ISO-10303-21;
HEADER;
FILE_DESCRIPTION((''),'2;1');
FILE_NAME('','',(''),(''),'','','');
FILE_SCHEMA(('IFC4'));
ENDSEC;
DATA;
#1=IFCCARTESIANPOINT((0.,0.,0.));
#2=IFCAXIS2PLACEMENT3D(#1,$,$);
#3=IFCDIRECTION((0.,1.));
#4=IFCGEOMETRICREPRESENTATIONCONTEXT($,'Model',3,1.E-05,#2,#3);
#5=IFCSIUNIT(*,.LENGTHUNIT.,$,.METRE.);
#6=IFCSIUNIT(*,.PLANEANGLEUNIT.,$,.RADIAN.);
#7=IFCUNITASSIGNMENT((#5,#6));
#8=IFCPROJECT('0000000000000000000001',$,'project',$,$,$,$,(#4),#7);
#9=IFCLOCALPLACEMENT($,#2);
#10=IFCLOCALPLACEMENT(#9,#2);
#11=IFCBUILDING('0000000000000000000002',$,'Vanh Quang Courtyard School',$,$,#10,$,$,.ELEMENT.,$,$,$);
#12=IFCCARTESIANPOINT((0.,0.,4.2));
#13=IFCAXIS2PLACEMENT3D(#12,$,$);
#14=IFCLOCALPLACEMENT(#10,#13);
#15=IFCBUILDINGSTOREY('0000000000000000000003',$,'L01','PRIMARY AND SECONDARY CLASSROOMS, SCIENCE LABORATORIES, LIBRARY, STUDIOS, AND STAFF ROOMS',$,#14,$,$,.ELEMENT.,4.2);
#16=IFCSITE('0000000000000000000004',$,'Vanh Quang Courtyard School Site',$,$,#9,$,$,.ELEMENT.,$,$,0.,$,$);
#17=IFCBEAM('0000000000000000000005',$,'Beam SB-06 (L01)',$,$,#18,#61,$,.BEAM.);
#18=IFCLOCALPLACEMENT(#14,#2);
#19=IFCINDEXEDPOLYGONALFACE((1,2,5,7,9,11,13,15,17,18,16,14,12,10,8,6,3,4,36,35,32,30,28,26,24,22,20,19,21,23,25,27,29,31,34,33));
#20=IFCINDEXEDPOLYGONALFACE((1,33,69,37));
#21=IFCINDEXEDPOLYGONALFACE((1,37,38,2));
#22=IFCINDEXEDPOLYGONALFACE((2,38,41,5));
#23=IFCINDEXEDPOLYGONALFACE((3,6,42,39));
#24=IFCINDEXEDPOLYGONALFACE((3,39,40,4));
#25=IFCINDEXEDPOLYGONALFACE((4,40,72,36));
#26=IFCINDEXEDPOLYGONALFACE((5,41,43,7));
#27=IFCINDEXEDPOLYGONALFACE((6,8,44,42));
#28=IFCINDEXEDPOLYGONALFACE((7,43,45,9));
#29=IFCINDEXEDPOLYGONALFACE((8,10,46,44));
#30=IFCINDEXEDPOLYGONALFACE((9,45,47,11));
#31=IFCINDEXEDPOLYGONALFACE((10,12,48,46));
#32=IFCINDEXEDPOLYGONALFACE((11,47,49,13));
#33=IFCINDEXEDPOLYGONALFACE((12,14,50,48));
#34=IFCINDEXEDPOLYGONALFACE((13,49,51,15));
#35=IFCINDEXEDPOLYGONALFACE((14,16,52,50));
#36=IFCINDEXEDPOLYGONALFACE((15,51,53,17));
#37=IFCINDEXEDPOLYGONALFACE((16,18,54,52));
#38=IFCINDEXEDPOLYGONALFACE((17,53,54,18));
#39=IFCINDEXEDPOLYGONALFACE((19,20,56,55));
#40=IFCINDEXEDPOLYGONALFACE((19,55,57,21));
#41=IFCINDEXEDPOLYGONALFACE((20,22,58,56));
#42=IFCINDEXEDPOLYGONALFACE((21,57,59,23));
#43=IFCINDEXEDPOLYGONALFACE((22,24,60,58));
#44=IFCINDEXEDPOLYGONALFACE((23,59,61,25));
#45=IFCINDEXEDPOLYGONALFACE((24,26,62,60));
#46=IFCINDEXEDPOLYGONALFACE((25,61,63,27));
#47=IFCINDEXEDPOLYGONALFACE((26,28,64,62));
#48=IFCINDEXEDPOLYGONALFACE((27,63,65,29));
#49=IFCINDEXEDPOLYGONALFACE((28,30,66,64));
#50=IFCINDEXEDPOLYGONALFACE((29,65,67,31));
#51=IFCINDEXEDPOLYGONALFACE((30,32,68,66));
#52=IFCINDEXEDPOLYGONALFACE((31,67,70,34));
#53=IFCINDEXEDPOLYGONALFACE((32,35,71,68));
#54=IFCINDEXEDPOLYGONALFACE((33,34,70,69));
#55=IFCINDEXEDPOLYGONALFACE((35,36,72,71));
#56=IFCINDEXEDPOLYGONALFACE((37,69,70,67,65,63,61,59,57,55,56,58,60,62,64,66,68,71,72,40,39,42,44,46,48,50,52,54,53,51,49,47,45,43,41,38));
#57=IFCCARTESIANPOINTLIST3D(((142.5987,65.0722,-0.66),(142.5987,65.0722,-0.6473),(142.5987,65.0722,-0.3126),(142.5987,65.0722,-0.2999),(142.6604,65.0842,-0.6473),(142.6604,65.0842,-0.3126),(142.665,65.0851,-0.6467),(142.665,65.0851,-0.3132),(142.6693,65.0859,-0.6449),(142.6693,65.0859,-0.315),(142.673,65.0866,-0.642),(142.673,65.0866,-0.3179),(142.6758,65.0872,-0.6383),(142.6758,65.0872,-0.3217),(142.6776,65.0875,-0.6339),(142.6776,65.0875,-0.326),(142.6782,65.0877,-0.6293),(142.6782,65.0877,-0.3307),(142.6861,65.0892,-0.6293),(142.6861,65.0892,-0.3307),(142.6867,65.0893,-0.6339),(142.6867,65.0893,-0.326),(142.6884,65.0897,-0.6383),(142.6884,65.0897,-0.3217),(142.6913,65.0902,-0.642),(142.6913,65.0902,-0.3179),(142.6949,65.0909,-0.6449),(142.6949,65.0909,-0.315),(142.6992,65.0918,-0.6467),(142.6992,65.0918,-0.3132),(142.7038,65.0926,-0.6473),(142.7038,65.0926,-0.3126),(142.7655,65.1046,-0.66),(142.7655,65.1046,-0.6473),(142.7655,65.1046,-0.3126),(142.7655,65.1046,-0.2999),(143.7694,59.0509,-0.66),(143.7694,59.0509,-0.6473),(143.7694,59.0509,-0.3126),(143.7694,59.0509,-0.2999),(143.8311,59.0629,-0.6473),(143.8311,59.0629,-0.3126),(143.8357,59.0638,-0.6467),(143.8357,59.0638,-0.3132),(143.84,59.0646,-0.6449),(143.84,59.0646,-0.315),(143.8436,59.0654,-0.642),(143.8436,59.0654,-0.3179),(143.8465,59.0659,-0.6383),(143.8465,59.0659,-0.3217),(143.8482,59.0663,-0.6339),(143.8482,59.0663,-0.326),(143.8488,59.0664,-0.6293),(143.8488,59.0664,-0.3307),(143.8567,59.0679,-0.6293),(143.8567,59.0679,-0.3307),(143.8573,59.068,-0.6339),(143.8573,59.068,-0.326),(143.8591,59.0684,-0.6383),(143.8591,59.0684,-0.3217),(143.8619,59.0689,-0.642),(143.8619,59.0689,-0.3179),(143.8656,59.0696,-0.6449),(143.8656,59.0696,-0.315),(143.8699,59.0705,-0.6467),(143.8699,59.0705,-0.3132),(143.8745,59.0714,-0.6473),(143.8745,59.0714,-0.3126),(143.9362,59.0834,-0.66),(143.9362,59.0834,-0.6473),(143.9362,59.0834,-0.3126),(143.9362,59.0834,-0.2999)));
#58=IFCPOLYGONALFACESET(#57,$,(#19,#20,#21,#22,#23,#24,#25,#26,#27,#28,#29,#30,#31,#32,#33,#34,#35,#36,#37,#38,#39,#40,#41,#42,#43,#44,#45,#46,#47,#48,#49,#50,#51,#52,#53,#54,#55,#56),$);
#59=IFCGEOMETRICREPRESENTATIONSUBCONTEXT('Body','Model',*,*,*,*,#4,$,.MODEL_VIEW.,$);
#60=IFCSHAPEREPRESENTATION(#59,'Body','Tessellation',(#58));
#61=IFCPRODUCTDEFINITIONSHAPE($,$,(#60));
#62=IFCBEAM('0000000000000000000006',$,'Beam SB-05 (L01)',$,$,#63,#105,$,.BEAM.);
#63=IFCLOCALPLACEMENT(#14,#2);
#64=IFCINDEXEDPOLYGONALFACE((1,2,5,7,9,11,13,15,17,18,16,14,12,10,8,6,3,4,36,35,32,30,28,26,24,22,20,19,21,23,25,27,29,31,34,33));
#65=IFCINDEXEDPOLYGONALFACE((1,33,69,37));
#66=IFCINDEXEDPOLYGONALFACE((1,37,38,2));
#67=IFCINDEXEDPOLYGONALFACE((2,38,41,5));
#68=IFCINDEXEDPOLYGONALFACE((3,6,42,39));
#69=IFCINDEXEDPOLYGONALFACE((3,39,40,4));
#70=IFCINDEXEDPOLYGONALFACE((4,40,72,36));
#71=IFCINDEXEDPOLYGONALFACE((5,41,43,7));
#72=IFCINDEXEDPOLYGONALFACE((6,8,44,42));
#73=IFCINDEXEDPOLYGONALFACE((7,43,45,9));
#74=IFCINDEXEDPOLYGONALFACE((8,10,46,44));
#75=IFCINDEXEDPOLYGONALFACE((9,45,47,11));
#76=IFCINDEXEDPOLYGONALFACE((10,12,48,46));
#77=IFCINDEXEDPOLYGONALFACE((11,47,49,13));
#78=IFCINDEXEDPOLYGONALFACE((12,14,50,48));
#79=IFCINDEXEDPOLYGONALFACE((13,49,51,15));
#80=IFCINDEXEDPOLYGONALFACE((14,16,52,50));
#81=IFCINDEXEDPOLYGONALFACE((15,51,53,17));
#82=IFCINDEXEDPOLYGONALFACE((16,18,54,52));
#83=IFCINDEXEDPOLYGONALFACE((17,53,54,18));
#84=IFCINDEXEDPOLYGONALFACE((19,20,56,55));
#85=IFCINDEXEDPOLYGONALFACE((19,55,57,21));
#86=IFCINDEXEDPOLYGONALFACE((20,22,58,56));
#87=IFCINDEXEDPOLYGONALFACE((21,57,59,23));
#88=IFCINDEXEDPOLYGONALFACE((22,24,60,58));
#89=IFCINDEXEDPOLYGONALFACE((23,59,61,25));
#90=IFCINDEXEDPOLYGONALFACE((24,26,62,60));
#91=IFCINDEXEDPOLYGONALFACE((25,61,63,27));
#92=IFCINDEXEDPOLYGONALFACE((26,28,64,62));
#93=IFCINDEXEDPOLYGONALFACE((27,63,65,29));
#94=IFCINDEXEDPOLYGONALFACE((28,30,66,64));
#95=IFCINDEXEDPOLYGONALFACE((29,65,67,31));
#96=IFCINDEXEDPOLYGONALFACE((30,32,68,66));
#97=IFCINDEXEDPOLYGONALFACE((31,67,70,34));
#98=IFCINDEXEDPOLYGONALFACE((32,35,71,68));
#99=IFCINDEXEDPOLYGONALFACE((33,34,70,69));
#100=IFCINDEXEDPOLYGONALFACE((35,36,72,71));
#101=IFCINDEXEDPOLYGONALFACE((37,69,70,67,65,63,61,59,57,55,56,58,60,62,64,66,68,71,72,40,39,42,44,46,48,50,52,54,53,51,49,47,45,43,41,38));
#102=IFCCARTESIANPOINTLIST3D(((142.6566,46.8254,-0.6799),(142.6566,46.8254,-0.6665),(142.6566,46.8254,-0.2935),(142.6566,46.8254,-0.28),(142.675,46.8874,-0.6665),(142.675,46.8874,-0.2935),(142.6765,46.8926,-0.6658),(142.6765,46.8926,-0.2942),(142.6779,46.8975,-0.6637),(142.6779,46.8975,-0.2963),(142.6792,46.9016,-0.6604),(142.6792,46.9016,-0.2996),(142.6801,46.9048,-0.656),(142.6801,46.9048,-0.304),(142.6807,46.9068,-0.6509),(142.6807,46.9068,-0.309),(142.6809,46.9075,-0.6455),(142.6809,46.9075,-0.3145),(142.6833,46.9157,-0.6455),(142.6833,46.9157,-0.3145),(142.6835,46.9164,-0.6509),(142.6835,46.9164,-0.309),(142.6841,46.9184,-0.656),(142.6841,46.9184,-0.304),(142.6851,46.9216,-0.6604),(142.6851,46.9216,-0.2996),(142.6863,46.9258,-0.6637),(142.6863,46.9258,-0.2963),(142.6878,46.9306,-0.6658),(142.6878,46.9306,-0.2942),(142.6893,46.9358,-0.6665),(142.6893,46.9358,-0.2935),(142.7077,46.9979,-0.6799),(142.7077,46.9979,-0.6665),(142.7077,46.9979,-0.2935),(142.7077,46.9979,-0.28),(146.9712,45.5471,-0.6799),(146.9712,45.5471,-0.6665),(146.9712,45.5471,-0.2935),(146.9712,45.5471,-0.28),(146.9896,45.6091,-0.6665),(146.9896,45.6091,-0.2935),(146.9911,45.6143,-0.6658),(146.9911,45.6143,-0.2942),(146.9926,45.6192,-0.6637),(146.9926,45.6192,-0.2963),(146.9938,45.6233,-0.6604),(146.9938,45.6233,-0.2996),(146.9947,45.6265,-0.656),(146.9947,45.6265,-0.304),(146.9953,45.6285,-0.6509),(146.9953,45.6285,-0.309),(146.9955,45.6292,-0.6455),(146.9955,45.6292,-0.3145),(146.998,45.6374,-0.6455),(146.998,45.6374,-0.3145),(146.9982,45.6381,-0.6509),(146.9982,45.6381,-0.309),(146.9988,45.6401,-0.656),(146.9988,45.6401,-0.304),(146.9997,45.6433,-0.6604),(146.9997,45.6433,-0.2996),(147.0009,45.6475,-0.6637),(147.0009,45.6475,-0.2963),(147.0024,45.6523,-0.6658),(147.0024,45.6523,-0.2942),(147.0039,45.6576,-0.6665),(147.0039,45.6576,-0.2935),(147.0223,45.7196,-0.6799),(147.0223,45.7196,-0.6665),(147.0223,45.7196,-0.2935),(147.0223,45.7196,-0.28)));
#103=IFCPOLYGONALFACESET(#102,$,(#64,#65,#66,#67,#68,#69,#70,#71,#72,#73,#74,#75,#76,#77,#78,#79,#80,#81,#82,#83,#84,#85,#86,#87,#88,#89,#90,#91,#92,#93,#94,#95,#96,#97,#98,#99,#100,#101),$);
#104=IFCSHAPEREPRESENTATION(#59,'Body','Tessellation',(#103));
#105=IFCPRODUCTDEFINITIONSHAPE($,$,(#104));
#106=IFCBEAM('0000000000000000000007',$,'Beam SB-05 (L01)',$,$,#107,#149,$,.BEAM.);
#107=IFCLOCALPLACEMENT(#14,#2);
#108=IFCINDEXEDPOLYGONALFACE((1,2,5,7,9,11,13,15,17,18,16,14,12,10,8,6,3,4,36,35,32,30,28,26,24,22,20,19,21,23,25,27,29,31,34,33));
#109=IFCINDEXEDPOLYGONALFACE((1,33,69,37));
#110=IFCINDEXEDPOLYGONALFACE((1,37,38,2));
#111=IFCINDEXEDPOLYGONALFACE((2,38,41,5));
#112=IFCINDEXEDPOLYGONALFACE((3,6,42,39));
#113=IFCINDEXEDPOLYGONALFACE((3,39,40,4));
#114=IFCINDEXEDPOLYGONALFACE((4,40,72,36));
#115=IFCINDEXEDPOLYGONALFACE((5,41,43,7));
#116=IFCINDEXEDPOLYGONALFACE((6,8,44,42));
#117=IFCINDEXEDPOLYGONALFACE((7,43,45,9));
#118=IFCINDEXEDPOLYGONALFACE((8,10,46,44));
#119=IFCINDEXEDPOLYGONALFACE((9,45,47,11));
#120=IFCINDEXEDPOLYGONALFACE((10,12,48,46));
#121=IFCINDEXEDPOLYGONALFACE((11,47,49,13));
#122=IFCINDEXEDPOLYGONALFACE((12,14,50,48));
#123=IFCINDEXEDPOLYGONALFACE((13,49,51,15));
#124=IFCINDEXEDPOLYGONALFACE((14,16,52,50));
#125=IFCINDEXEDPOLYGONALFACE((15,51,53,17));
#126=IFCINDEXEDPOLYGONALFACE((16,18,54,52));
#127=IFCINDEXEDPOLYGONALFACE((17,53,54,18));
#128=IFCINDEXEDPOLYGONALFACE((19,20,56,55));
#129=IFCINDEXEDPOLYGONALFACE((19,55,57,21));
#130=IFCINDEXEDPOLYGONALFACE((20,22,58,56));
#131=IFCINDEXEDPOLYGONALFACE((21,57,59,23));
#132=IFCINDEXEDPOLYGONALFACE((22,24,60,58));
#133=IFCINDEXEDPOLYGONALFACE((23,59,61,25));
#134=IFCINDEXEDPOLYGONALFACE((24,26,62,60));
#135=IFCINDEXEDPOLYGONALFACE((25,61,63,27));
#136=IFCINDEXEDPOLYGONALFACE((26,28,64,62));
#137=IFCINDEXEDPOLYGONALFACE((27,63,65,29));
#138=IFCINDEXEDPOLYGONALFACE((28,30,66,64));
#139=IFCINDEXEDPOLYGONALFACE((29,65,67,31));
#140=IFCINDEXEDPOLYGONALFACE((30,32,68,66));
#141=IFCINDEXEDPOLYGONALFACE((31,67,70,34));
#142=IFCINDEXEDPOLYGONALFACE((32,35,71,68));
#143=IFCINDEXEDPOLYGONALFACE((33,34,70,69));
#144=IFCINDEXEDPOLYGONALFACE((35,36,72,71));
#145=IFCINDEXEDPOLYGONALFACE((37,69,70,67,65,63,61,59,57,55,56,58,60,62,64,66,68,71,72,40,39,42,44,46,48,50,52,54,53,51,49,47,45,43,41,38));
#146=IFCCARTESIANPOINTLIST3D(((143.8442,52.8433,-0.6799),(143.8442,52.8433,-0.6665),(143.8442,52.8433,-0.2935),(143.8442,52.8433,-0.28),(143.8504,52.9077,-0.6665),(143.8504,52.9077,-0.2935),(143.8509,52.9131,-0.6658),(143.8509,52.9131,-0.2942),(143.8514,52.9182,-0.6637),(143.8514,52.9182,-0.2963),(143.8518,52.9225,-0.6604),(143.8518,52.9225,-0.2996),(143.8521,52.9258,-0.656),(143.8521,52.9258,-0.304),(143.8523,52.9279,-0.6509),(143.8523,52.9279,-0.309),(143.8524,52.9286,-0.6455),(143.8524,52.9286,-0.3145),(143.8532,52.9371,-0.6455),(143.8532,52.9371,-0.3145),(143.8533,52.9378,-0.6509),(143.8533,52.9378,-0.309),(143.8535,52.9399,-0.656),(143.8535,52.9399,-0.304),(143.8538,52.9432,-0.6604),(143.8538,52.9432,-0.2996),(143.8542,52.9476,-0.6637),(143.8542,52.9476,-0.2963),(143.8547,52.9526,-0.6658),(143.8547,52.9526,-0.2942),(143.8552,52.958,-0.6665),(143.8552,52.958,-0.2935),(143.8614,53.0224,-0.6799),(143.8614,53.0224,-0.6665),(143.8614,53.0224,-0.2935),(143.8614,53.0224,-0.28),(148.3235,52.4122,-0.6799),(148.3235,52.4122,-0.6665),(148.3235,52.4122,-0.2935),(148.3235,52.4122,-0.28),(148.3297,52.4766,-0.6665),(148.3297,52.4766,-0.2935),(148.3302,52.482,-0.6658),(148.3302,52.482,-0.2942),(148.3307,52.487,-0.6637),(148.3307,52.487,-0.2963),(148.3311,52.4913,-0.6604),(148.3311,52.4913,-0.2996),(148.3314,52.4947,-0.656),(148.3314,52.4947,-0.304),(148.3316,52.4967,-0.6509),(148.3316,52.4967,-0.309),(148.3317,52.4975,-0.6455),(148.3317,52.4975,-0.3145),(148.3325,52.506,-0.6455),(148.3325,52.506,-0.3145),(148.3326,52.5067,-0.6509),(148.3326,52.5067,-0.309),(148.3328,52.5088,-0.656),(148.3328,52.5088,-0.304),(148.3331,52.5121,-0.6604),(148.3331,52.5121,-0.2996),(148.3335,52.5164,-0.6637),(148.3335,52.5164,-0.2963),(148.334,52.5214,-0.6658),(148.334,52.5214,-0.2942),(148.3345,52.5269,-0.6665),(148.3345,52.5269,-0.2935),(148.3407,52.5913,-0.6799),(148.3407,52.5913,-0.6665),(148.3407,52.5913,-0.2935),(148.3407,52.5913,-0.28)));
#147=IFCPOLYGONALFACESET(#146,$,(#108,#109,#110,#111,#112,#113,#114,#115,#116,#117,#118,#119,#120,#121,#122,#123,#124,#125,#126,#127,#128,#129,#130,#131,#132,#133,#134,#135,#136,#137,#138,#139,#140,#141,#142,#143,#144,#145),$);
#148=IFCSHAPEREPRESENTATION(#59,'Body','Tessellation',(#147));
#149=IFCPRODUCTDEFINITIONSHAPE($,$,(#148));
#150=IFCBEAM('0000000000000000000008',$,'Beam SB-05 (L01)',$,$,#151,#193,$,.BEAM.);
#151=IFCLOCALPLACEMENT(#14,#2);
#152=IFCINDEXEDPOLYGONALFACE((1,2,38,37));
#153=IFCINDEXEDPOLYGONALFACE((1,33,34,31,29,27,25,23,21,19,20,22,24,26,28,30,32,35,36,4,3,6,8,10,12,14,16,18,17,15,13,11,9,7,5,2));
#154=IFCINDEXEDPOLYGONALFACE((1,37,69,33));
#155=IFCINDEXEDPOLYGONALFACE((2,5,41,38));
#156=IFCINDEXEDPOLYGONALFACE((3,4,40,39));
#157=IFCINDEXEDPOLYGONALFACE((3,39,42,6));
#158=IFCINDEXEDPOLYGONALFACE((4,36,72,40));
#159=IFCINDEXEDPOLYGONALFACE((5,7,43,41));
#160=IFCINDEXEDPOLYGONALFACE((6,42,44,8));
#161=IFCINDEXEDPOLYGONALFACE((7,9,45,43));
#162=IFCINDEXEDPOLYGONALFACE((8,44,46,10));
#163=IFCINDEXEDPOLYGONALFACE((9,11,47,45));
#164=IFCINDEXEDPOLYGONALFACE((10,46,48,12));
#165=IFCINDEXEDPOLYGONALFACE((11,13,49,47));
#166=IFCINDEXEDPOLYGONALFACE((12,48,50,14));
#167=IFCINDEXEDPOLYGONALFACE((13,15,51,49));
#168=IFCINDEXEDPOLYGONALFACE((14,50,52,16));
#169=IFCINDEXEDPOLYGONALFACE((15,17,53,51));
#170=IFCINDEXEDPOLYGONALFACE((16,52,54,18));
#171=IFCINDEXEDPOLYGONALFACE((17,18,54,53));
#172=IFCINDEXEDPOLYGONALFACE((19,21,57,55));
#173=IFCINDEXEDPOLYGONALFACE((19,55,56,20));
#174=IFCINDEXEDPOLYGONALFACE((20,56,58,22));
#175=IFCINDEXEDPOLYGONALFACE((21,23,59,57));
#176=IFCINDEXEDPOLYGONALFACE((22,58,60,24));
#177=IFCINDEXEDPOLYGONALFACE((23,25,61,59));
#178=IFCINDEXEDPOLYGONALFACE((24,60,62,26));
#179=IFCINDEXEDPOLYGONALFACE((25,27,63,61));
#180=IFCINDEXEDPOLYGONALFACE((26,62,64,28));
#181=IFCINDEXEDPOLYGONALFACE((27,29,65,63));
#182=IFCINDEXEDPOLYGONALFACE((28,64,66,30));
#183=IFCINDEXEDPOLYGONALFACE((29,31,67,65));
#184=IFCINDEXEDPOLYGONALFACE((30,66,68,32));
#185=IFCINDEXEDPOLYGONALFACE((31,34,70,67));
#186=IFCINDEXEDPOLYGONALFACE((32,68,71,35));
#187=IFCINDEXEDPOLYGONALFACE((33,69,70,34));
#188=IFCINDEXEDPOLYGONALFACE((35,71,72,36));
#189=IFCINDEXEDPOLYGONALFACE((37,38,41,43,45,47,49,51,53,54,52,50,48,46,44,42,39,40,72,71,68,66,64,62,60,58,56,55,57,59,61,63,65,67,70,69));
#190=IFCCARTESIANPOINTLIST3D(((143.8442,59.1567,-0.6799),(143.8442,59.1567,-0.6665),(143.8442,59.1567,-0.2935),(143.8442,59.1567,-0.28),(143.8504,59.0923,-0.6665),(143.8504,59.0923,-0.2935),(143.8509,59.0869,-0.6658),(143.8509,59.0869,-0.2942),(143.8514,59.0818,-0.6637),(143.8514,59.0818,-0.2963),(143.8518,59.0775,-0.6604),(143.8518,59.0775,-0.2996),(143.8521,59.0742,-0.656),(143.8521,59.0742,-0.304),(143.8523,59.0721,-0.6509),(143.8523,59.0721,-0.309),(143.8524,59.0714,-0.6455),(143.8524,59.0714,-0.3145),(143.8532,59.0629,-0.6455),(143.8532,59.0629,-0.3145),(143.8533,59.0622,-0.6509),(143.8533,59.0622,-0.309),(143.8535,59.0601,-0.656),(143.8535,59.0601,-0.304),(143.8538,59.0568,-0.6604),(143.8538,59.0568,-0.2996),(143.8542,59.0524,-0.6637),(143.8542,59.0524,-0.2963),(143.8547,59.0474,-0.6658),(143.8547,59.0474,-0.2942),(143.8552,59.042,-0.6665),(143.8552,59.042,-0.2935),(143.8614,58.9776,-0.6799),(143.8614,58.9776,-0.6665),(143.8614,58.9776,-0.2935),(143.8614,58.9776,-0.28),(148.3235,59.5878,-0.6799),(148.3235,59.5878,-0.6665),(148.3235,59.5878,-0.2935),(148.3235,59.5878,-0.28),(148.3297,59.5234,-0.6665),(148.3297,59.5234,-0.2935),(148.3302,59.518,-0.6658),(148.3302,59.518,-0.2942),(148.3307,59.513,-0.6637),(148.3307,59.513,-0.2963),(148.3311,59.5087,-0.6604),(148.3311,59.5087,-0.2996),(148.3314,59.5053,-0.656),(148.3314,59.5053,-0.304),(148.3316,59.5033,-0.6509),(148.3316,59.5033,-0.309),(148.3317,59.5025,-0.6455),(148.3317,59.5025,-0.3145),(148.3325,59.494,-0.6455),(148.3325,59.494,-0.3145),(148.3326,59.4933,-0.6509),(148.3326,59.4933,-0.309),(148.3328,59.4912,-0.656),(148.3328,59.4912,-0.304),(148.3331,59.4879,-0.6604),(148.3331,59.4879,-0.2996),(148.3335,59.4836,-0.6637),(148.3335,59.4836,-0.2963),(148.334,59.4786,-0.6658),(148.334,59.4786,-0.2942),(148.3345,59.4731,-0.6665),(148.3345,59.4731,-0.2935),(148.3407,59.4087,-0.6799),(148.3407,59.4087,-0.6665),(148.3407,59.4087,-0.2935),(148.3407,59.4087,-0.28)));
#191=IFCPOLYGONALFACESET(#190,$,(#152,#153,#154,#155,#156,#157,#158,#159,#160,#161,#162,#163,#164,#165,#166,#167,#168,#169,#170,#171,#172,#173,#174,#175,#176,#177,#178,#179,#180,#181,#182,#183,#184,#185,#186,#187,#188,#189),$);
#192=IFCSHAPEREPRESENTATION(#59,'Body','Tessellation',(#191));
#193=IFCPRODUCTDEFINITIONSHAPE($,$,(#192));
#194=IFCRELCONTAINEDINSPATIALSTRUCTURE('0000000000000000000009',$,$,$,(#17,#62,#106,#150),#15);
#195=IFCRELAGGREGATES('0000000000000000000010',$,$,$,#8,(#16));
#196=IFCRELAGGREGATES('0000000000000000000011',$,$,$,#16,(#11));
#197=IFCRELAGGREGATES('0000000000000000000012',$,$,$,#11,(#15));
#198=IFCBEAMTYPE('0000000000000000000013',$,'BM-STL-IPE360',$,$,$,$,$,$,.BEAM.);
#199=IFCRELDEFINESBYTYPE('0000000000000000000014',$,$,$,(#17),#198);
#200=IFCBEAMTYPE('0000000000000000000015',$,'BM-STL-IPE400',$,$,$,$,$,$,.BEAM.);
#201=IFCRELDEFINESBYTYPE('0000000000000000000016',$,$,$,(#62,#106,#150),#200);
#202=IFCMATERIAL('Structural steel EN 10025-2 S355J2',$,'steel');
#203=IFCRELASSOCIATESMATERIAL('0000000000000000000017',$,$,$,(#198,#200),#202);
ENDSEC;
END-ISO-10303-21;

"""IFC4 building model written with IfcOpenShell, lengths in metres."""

from ifc_helpers import new_model, si_unit, direction, frame, origin, origin_2d, place, context, subcontext, project, spatial, i_section, extrude, material, material_profile, profile_set, type_object, element, save


model = new_model("IFC4")

# Units and contexts
model_context = context("Model", 3, precision=1e-05, world=origin(), true_north=direction((0.0, 1.0)))
body_context = subcontext(model_context, "Body", "Model", "MODEL_VIEW")
ifc_project = project(units=[si_unit("LENGTHUNIT", "METRE"), si_unit("PLANEANGLEUNIT", "RADIAN")], contexts=[model_context])

# Site, building, storey
site_placement = place(None, origin())
site = spatial("IfcSite", under=ifc_project, at=site_placement, Name="Vanh Quang Courtyard School Site", CompositionType="ELEMENT", RefElevation=0.0)
building_placement = place(site_placement, origin())
building = spatial("IfcBuilding", under=site, at=building_placement, Name="Vanh Quang Courtyard School", CompositionType="ELEMENT")
storey_placement = place(building_placement, frame((0.0, 0.0, 4.2)))
storey = spatial("IfcBuildingStorey", under=building, at=storey_placement, Name="L01", Description="PRIMARY AND SECONDARY CLASSROOMS, SCIENCE LABORATORIES, LIBRARY, STUDIOS, AND STAFF ROOMS", CompositionType="ELEMENT", Elevation=4.2)

# Shared definitions
ifc_material_1 = material(Name="Structural steel EN 10025-2 S355J2", Category="steel")

# Beams
ifc_material_profile_1 = material_profile(ifc_material_1, i_section(OverallWidth=0.1699, OverallDepth=0.3601, WebThickness=0.0081, FlangeThickness=0.0127, FilletRadius=0.0181, at=origin_2d()), Name="IPE 360")
ifc_profile_set_1 = profile_set([ifc_material_profile_1], Name="Structural steel EN 10025-2 S355J2")
beam_type_1 = type_object("IfcBeamType", Name="BM-STL-IPE360", PredefinedType="BEAM", material=ifc_profile_set_1)
beam_1_placement = place(storey_placement, frame((143.8528, 59.0671, -0.48), z_axis=(-0.190847, 0.98162, 0.0), x_axis=(-0.98162, -0.190847, 0.0)))
element("IfcBeam", 1, at=beam_1_placement, inside=storey, type_object=beam_type_1, Name="Beam SB-06 (L01)", PredefinedType="BEAM", context=body_context, shape_type="SweptSolid", body=[
    extrude(i_section(OverallWidth=0.1699, OverallDepth=0.3601, WebThickness=0.0081, FlangeThickness=0.0127, FilletRadius=0.0181, at=origin_2d()), origin(), (0.0, 0.0, 1.0), 6.134),
])
ifc_material_profile_2 = material_profile(ifc_material_1, i_section(OverallWidth=0.1799, OverallDepth=0.3999, WebThickness=0.0085, FlangeThickness=0.0134, FilletRadius=0.021, at=origin_2d()), Name="IPE 400")
ifc_profile_set_2 = profile_set([ifc_material_profile_2], Name="Structural steel EN 10025-2 S355J2")
beam_type_2 = type_object("IfcBeamType", Name="BM-STL-IPE400", PredefinedType="BEAM", material=ifc_profile_set_2)
for number, where, z_axis, x_axis, name in (
    (2, (142.6821, 46.9116, -0.48), (0.958805, -0.284066, 0.0), (0.284066, 0.958805, 0.0), "Beam SB-05 (L01)"),
    (3, (143.8528, 52.9329, -0.48), (0.995399, -0.095813, 0.0), (0.095813, 0.995399, 0.0), "Beam SB-05 (L01)"),
    (4, (143.8528, 59.0671, -0.48), (0.995399, 0.095813, 0.0), (-0.095813, 0.995399, 0.0), "Beam SB-05 (L01)"),
):
    element("IfcBeam", number, at=place(storey_placement, frame(where, z_axis=z_axis, x_axis=x_axis)), inside=storey, type_object=beam_type_2, Name=name, PredefinedType="BEAM", context=body_context, shape_type="SweptSolid", body=[
        extrude(i_section(OverallWidth=0.1799, OverallDepth=0.3999, WebThickness=0.0085, FlangeThickness=0.0134, FilletRadius=0.021, at=origin_2d()), origin(), (0.0, 0.0, 1.0), 4.5),
    ])

save(model, "model.ifc")
